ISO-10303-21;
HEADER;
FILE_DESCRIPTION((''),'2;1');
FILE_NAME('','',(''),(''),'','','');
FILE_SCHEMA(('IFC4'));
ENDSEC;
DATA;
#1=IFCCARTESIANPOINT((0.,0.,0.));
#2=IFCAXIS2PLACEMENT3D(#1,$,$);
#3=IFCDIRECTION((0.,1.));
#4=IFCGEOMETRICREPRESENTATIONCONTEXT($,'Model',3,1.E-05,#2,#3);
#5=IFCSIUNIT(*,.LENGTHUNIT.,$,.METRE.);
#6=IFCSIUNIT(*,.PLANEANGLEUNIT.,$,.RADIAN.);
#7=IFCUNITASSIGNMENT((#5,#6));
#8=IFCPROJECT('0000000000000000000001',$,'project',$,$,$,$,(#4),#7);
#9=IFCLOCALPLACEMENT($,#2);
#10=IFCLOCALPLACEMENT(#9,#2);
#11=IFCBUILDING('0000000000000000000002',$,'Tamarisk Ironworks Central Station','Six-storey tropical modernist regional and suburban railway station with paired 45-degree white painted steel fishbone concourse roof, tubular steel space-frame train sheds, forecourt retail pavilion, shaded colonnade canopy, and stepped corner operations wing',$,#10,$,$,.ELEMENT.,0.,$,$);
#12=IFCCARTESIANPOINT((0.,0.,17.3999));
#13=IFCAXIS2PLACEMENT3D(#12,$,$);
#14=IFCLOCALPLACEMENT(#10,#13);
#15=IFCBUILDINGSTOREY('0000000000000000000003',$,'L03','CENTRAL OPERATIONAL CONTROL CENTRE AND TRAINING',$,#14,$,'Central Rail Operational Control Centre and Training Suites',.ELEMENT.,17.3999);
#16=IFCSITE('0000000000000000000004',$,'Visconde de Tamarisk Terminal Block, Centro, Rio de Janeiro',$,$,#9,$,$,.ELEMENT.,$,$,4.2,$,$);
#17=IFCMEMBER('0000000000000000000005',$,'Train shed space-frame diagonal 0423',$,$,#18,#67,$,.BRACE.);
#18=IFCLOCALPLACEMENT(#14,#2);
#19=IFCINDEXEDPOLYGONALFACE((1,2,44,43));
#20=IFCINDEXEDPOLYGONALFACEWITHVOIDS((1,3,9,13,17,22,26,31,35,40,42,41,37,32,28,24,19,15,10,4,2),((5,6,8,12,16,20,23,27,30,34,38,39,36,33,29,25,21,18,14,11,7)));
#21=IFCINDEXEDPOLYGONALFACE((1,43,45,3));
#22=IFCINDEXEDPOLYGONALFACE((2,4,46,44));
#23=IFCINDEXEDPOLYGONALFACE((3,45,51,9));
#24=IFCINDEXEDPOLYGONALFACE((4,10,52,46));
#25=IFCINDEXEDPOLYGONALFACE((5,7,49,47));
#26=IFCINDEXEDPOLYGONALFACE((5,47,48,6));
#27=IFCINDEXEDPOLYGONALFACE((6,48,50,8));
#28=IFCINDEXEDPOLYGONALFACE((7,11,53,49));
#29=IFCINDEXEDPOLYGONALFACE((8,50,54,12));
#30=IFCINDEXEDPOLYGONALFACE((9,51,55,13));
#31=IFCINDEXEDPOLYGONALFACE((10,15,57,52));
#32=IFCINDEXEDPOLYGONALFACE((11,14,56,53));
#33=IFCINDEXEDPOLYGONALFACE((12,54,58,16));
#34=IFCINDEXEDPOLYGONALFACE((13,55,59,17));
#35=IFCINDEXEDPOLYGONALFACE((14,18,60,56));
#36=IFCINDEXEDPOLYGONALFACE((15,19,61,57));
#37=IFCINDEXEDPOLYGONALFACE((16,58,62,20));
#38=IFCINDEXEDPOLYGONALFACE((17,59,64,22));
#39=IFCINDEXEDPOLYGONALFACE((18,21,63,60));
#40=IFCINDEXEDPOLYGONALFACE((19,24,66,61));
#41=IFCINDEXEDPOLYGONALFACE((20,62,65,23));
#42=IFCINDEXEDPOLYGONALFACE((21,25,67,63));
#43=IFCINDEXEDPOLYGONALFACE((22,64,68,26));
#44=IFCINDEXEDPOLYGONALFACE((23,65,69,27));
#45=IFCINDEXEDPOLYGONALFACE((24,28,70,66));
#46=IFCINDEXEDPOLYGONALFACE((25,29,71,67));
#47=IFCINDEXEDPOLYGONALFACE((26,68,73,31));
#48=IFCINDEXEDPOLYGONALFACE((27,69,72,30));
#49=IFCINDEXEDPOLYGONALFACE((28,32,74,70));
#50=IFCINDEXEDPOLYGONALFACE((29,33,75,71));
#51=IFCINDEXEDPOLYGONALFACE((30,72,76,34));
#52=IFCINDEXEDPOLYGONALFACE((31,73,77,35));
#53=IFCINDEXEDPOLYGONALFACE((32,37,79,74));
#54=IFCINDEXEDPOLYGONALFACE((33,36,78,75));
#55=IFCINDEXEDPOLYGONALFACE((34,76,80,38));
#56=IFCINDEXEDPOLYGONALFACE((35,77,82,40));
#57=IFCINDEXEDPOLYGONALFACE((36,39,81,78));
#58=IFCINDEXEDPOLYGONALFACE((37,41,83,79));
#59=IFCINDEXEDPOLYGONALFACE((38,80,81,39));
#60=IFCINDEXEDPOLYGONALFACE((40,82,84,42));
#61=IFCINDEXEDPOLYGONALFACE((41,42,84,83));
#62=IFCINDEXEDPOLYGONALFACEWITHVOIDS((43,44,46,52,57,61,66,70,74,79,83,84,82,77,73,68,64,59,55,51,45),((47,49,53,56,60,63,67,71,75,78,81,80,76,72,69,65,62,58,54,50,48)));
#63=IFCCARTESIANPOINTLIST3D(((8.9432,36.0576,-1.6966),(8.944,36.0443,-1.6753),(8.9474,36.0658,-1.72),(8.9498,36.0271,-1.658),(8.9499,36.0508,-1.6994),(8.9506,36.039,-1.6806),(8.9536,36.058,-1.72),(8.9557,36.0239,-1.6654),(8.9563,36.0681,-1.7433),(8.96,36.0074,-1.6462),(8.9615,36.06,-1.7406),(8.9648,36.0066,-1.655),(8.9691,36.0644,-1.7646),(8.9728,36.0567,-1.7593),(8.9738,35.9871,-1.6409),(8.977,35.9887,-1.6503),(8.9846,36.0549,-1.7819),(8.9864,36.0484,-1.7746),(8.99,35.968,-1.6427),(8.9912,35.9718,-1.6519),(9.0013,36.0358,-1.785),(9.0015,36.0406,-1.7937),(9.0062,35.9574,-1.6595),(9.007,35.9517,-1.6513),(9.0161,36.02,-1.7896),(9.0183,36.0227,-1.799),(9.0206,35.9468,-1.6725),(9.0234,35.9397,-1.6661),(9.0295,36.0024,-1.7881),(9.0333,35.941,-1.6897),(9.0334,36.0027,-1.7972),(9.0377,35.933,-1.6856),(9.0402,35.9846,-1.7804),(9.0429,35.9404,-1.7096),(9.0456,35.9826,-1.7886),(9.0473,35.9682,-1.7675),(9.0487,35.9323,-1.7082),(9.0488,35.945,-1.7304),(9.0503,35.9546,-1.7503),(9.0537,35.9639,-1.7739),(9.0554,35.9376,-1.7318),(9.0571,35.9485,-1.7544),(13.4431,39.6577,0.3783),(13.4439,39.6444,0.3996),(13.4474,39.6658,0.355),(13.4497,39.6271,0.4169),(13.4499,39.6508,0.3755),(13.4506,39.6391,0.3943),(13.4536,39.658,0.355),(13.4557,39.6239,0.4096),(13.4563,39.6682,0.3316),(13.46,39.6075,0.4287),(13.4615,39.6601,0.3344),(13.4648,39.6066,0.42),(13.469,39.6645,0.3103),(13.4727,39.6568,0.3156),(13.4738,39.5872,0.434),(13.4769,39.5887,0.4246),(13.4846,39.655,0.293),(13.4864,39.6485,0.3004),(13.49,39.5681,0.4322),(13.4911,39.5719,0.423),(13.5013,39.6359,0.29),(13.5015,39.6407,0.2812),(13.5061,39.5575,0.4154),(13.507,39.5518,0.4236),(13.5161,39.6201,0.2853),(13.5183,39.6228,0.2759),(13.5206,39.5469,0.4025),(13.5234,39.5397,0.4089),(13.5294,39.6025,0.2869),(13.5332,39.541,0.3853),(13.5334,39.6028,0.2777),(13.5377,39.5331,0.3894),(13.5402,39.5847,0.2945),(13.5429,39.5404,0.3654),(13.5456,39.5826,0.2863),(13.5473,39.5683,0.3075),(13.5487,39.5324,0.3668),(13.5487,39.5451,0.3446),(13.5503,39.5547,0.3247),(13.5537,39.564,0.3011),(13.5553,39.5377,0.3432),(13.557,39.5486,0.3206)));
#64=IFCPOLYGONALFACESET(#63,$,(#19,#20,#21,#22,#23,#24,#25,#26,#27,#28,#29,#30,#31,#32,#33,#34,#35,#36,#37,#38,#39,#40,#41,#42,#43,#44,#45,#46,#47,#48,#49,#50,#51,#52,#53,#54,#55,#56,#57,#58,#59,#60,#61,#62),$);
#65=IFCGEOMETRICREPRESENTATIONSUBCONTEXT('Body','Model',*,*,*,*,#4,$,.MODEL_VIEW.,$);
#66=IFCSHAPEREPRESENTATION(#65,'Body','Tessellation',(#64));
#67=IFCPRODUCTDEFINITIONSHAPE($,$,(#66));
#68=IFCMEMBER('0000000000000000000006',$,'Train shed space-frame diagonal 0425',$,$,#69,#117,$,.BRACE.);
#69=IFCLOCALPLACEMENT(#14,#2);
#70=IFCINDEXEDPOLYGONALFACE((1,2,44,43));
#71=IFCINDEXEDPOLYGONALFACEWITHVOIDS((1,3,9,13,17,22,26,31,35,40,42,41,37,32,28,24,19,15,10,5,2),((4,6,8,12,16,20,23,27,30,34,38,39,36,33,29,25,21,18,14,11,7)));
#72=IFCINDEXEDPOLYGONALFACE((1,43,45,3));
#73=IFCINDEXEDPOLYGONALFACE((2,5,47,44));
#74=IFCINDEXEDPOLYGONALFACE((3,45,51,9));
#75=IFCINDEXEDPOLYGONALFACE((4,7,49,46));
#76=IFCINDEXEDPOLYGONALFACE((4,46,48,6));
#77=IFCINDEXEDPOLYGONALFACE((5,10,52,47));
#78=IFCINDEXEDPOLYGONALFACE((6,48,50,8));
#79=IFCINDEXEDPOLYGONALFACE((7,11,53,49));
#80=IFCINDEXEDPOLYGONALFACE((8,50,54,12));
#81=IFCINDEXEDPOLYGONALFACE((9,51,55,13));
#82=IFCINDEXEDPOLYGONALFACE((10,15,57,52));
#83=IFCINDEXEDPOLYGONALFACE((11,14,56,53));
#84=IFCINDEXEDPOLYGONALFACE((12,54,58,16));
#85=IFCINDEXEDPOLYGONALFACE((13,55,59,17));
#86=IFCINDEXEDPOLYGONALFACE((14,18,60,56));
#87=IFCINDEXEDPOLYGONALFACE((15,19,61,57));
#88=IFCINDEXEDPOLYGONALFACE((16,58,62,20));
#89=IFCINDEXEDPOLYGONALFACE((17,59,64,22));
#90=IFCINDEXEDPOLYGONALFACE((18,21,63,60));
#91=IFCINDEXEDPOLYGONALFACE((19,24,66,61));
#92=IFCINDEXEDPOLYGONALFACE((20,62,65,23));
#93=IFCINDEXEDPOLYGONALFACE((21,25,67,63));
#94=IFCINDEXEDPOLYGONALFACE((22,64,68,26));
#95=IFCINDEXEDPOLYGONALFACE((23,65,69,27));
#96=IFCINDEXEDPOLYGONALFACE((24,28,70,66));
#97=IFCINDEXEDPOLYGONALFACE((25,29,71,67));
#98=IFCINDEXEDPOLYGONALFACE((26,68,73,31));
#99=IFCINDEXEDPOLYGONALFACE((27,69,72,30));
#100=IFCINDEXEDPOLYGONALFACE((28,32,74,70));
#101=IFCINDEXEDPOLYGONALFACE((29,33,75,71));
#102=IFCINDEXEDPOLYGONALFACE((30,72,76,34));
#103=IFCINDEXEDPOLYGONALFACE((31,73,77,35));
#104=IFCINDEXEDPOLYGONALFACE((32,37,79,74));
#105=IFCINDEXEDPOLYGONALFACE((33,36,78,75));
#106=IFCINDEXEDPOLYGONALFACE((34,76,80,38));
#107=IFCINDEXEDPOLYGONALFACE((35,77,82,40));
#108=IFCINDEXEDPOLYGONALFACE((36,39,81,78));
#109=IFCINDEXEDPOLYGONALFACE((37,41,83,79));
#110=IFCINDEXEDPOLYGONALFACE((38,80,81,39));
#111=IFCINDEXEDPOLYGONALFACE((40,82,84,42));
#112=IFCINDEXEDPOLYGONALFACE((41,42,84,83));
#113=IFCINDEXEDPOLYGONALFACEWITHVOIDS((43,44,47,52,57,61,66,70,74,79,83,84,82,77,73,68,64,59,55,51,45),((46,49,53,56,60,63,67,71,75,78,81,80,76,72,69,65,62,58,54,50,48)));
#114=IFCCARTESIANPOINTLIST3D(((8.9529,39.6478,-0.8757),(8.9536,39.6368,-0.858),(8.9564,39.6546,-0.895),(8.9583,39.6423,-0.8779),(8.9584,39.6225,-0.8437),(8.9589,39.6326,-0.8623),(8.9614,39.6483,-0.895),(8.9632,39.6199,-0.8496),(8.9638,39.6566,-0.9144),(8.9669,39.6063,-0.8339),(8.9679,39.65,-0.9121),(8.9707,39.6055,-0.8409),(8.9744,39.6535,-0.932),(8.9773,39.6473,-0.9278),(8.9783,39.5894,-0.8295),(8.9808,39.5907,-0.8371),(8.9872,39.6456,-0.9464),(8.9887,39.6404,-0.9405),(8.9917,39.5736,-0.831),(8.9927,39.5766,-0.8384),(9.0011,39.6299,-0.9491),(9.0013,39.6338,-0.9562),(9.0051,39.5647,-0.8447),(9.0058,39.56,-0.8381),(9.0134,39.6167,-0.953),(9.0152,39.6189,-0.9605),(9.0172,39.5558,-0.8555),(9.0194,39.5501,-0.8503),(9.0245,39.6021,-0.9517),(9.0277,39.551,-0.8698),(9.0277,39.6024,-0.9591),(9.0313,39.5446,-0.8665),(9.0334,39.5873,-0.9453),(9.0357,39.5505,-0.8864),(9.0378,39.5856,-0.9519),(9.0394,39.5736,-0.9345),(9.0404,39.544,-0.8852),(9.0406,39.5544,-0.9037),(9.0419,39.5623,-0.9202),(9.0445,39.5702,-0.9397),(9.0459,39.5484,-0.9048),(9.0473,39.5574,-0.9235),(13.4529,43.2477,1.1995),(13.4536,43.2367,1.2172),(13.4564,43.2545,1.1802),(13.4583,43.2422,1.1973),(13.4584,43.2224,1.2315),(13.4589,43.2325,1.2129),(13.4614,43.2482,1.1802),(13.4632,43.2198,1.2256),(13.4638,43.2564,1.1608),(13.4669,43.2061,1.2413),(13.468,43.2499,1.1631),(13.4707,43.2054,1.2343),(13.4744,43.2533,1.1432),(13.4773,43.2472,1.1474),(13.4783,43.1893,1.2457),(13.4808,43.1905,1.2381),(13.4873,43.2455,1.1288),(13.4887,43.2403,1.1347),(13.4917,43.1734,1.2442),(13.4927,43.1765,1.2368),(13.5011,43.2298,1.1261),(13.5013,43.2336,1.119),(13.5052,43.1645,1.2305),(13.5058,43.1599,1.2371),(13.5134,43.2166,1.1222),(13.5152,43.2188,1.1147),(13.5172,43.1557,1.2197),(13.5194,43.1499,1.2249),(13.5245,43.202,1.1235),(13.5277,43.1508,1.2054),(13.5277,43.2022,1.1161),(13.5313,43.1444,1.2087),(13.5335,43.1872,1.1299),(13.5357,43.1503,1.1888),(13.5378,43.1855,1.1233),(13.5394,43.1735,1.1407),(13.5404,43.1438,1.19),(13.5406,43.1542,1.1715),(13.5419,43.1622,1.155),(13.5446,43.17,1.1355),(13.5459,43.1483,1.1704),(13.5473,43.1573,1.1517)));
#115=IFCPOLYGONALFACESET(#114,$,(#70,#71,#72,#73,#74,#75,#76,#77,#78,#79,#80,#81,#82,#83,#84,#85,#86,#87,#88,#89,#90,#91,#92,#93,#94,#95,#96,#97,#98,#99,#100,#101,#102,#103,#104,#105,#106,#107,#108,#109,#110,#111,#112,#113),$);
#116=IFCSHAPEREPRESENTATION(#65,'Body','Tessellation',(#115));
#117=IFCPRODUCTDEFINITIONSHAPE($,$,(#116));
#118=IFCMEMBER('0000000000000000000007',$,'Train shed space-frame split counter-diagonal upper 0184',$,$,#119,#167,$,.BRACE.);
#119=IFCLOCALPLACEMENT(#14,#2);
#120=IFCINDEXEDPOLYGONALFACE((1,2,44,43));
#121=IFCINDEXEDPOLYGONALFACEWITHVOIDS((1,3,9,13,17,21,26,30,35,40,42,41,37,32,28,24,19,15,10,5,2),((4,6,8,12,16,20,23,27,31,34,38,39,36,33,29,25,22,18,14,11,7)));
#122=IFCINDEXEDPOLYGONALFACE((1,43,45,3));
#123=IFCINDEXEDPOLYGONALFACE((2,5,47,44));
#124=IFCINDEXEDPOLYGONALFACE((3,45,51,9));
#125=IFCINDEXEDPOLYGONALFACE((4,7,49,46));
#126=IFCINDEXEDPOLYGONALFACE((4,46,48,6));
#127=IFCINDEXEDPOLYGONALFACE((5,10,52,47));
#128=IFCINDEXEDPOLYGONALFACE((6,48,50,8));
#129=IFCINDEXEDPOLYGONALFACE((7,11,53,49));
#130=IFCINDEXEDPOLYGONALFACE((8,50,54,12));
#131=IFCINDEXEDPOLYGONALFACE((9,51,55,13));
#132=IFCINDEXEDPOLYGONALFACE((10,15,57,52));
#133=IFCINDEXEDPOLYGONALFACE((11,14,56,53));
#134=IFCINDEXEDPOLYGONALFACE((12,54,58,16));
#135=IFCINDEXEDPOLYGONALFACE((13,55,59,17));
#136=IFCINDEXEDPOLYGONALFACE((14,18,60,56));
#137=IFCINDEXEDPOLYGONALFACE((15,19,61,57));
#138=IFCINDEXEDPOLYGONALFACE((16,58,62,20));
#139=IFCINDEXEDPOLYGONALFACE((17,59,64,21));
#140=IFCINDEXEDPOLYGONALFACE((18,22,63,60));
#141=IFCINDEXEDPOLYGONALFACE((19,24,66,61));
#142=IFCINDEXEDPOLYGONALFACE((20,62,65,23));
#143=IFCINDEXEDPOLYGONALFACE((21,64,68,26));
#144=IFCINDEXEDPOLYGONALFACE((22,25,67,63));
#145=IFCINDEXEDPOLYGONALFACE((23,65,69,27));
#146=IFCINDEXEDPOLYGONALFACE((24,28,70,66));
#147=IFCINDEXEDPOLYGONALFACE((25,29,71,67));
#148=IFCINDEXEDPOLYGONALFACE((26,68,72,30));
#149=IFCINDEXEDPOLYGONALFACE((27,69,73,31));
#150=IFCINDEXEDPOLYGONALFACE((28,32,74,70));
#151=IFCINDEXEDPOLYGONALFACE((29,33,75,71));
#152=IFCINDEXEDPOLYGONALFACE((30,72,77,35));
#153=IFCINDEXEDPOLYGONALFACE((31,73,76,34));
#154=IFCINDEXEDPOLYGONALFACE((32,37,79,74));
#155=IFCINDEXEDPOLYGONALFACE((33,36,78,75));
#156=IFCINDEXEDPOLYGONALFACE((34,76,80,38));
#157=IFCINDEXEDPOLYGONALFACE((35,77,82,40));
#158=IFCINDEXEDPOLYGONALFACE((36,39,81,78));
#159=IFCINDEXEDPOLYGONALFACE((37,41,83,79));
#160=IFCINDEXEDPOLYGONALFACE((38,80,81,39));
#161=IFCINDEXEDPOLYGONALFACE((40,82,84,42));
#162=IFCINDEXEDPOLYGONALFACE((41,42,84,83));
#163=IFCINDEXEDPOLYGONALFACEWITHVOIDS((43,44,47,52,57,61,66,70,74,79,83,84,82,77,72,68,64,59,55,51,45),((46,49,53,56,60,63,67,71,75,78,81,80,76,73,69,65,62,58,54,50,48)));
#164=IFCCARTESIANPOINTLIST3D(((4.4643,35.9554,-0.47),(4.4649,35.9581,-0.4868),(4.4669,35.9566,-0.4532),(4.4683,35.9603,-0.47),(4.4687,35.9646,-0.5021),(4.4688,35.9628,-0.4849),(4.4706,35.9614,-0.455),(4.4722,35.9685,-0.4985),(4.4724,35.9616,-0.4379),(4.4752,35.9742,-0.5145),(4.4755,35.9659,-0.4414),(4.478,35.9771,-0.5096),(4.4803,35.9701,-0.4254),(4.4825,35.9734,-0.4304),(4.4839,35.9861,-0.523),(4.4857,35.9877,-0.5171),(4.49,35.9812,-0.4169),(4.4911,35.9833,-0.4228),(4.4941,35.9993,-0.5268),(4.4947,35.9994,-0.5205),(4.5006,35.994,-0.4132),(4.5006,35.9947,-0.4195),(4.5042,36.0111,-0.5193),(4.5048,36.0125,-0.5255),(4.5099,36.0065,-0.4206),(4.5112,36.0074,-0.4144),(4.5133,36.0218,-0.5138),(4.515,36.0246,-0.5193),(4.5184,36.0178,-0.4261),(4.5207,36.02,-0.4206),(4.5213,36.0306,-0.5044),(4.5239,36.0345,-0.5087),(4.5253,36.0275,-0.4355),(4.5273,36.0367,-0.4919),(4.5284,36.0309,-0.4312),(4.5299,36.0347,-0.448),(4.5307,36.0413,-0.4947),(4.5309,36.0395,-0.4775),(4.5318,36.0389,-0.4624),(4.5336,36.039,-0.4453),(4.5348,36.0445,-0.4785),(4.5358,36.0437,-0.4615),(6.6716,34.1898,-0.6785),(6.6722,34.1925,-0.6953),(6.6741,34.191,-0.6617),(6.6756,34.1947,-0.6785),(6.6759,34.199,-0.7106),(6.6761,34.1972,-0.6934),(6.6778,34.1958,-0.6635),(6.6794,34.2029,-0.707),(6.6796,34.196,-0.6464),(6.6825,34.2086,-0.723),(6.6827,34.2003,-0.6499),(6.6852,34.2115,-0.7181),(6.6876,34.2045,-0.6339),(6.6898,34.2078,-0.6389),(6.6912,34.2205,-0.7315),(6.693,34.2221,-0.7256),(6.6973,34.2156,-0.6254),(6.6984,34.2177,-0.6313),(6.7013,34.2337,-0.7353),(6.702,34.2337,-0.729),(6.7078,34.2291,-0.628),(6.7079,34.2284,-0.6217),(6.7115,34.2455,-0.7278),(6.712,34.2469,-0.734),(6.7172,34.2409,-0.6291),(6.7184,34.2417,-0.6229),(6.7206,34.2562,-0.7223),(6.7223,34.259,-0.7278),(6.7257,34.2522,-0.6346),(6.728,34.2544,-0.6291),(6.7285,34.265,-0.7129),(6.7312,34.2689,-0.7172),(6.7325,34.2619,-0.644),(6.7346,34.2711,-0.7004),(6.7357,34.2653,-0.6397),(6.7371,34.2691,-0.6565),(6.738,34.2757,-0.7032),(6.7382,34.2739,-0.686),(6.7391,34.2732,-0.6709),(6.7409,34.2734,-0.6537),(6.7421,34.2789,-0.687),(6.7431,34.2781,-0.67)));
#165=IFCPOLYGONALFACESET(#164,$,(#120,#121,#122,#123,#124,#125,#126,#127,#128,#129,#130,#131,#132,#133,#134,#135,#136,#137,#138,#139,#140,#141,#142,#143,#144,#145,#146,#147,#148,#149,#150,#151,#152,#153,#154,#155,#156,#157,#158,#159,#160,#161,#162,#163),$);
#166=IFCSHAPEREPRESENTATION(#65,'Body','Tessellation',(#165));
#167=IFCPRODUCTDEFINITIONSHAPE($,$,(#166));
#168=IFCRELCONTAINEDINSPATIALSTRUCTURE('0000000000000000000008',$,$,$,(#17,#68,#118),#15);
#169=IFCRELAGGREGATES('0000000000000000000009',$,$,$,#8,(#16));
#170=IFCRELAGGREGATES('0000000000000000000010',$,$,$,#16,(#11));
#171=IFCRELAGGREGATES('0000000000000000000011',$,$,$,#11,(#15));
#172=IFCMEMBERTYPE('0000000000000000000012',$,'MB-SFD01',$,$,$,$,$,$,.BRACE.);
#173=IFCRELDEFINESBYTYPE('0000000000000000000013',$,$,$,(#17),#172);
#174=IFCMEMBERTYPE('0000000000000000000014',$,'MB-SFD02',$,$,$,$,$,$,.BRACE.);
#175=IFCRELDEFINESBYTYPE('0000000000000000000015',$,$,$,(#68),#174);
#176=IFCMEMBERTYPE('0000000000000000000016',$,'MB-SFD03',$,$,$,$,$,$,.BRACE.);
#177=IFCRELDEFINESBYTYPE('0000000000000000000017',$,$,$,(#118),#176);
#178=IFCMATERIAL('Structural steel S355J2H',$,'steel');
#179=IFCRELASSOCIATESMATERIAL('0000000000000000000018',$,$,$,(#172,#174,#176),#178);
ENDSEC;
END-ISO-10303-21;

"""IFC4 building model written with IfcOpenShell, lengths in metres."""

from ifc_helpers import new_model, si_unit, direction, frame, origin, origin_2d, place, context, subcontext, project, spatial, hollow_circle, extrude, material, material_profile, profile_set, type_object, element, save


model = new_model("IFC4")

# Units and contexts
model_context = context("Model", 3, precision=1e-05, world=origin(), true_north=direction((0.0, 1.0)))
body_context = subcontext(model_context, "Body", "Model", "MODEL_VIEW")
ifc_project = project(units=[si_unit("LENGTHUNIT", "METRE"), si_unit("PLANEANGLEUNIT", "RADIAN")], contexts=[model_context])

# Site, building, storey
site_placement = place(None, origin())
site = spatial("IfcSite", under=ifc_project, at=site_placement, Name="Visconde de Tamarisk Terminal Block, Centro, Rio de Janeiro", CompositionType="ELEMENT", RefElevation=4.2)
building_placement = place(site_placement, origin())
building = spatial("IfcBuilding", under=site, at=building_placement, Name="Tamarisk Ironworks Central Station", Description="Six-storey tropical modernist regional and suburban railway station with paired 45-degree white painted steel fishbone concourse roof, tubular steel space-frame train sheds, forecourt retail pavilion, shaded colonnade canopy, and stepped corner operations wing", CompositionType="ELEMENT", ElevationOfRefHeight=0.0)
storey_placement = place(building_placement, frame((0.0, 0.0, 17.3999)))
storey = spatial("IfcBuildingStorey", under=building, at=storey_placement, Name="L03", Description="CENTRAL OPERATIONAL CONTROL CENTRE AND TRAINING", LongName="Central Rail Operational Control Centre and Training Suites", CompositionType="ELEMENT", Elevation=17.3999)

# Members
ifc_material_1 = material(Name="Structural steel S355J2H", Category="steel")
ifc_material_profile_1 = material_profile(ifc_material_1, hollow_circle(Radius=0.0842, WallThickness=0.01, at=origin_2d()), Name="CHS 168.3x10")
ifc_profile_set_1 = profile_set([ifc_material_profile_1], Name="Structural steel S355J2H")
member_type_1 = type_object("IfcMemberType", Name="MB-SFD01", PredefinedType="BRACE", material=ifc_profile_set_1)
for number, where, z_axis, x_axis, name in (
    (1, (9.0, 36.0, -1.72), (0.734689, 0.587767, 0.338765), (-0.624705, 0.780861, 0.0), "Train shed space-frame diagonal 0423"),
):
    element("IfcMember", number, at=place(storey_placement, frame(where, z_axis=z_axis, x_axis=x_axis)), inside=storey, type_object=member_type_1, Name=name, PredefinedType="BRACE", context=body_context, shape_type="SweptSolid", body=[
        extrude(hollow_circle(Radius=0.0842, WallThickness=0.01, at=origin_2d()), origin(), (0.0, 0.0, 1.0), 6.125),
    ])
ifc_material_profile_2 = material_profile(ifc_material_1, hollow_circle(Radius=0.0698, WallThickness=0.0081, at=origin_2d()), Name="CHS 139.7x8")
ifc_profile_set_2 = profile_set([ifc_material_profile_2], Name="Structural steel S355J2H")
member_type_2 = type_object("IfcMemberType", Name="MB-SFD02", PredefinedType="BRACE", material=ifc_profile_set_2)
member_1_placement = place(storey_placement, frame((9.0, 39.6001, -0.895), z_axis=(0.734696, 0.587733, 0.338809), x_axis=(-0.62468, 0.780881, 0.0)))
element("IfcMember", 2, at=member_1_placement, inside=storey, type_object=member_type_2, Name="Train shed space-frame diagonal 0425", PredefinedType="BRACE", context=body_context, shape_type="SweptSolid", body=[
    extrude(hollow_circle(Radius=0.0698, WallThickness=0.0081, at=origin_2d()), origin(), (0.0, 0.0, 1.0), 6.125),
])
ifc_material_profile_3 = material_profile(ifc_material_1, hollow_circle(Radius=0.0571, WallThickness=0.0063, at=origin_2d()), Name="CHS 114.3x6.3")
ifc_profile_set_3 = profile_set([ifc_material_profile_3], Name="Structural steel S355J2H")
member_type_3 = type_object("IfcMemberType", Name="MB-SFD03", PredefinedType="BRACE", material=ifc_profile_set_3)
for number, where, z_axis, x_axis, name in (
    (3, (6.7073, 34.2344, -0.6785), (-0.778787, 0.62296, 0.073563), (-0.624653, -0.780903, 0.0), "Train shed space-frame split counter-diagonal upper 0184"),
):
    element("IfcMember", number, at=place(storey_placement, frame(where, z_axis=z_axis, x_axis=x_axis)), inside=storey, type_object=member_type_3, Name=name, PredefinedType="BRACE", context=body_context, shape_type="SweptSolid", body=[
        extrude(hollow_circle(Radius=0.0571, WallThickness=0.0063, at=origin_2d()), origin(), (0.0, 0.0, 1.0), 2.8342),
    ])

save(model, "model.ifc")
